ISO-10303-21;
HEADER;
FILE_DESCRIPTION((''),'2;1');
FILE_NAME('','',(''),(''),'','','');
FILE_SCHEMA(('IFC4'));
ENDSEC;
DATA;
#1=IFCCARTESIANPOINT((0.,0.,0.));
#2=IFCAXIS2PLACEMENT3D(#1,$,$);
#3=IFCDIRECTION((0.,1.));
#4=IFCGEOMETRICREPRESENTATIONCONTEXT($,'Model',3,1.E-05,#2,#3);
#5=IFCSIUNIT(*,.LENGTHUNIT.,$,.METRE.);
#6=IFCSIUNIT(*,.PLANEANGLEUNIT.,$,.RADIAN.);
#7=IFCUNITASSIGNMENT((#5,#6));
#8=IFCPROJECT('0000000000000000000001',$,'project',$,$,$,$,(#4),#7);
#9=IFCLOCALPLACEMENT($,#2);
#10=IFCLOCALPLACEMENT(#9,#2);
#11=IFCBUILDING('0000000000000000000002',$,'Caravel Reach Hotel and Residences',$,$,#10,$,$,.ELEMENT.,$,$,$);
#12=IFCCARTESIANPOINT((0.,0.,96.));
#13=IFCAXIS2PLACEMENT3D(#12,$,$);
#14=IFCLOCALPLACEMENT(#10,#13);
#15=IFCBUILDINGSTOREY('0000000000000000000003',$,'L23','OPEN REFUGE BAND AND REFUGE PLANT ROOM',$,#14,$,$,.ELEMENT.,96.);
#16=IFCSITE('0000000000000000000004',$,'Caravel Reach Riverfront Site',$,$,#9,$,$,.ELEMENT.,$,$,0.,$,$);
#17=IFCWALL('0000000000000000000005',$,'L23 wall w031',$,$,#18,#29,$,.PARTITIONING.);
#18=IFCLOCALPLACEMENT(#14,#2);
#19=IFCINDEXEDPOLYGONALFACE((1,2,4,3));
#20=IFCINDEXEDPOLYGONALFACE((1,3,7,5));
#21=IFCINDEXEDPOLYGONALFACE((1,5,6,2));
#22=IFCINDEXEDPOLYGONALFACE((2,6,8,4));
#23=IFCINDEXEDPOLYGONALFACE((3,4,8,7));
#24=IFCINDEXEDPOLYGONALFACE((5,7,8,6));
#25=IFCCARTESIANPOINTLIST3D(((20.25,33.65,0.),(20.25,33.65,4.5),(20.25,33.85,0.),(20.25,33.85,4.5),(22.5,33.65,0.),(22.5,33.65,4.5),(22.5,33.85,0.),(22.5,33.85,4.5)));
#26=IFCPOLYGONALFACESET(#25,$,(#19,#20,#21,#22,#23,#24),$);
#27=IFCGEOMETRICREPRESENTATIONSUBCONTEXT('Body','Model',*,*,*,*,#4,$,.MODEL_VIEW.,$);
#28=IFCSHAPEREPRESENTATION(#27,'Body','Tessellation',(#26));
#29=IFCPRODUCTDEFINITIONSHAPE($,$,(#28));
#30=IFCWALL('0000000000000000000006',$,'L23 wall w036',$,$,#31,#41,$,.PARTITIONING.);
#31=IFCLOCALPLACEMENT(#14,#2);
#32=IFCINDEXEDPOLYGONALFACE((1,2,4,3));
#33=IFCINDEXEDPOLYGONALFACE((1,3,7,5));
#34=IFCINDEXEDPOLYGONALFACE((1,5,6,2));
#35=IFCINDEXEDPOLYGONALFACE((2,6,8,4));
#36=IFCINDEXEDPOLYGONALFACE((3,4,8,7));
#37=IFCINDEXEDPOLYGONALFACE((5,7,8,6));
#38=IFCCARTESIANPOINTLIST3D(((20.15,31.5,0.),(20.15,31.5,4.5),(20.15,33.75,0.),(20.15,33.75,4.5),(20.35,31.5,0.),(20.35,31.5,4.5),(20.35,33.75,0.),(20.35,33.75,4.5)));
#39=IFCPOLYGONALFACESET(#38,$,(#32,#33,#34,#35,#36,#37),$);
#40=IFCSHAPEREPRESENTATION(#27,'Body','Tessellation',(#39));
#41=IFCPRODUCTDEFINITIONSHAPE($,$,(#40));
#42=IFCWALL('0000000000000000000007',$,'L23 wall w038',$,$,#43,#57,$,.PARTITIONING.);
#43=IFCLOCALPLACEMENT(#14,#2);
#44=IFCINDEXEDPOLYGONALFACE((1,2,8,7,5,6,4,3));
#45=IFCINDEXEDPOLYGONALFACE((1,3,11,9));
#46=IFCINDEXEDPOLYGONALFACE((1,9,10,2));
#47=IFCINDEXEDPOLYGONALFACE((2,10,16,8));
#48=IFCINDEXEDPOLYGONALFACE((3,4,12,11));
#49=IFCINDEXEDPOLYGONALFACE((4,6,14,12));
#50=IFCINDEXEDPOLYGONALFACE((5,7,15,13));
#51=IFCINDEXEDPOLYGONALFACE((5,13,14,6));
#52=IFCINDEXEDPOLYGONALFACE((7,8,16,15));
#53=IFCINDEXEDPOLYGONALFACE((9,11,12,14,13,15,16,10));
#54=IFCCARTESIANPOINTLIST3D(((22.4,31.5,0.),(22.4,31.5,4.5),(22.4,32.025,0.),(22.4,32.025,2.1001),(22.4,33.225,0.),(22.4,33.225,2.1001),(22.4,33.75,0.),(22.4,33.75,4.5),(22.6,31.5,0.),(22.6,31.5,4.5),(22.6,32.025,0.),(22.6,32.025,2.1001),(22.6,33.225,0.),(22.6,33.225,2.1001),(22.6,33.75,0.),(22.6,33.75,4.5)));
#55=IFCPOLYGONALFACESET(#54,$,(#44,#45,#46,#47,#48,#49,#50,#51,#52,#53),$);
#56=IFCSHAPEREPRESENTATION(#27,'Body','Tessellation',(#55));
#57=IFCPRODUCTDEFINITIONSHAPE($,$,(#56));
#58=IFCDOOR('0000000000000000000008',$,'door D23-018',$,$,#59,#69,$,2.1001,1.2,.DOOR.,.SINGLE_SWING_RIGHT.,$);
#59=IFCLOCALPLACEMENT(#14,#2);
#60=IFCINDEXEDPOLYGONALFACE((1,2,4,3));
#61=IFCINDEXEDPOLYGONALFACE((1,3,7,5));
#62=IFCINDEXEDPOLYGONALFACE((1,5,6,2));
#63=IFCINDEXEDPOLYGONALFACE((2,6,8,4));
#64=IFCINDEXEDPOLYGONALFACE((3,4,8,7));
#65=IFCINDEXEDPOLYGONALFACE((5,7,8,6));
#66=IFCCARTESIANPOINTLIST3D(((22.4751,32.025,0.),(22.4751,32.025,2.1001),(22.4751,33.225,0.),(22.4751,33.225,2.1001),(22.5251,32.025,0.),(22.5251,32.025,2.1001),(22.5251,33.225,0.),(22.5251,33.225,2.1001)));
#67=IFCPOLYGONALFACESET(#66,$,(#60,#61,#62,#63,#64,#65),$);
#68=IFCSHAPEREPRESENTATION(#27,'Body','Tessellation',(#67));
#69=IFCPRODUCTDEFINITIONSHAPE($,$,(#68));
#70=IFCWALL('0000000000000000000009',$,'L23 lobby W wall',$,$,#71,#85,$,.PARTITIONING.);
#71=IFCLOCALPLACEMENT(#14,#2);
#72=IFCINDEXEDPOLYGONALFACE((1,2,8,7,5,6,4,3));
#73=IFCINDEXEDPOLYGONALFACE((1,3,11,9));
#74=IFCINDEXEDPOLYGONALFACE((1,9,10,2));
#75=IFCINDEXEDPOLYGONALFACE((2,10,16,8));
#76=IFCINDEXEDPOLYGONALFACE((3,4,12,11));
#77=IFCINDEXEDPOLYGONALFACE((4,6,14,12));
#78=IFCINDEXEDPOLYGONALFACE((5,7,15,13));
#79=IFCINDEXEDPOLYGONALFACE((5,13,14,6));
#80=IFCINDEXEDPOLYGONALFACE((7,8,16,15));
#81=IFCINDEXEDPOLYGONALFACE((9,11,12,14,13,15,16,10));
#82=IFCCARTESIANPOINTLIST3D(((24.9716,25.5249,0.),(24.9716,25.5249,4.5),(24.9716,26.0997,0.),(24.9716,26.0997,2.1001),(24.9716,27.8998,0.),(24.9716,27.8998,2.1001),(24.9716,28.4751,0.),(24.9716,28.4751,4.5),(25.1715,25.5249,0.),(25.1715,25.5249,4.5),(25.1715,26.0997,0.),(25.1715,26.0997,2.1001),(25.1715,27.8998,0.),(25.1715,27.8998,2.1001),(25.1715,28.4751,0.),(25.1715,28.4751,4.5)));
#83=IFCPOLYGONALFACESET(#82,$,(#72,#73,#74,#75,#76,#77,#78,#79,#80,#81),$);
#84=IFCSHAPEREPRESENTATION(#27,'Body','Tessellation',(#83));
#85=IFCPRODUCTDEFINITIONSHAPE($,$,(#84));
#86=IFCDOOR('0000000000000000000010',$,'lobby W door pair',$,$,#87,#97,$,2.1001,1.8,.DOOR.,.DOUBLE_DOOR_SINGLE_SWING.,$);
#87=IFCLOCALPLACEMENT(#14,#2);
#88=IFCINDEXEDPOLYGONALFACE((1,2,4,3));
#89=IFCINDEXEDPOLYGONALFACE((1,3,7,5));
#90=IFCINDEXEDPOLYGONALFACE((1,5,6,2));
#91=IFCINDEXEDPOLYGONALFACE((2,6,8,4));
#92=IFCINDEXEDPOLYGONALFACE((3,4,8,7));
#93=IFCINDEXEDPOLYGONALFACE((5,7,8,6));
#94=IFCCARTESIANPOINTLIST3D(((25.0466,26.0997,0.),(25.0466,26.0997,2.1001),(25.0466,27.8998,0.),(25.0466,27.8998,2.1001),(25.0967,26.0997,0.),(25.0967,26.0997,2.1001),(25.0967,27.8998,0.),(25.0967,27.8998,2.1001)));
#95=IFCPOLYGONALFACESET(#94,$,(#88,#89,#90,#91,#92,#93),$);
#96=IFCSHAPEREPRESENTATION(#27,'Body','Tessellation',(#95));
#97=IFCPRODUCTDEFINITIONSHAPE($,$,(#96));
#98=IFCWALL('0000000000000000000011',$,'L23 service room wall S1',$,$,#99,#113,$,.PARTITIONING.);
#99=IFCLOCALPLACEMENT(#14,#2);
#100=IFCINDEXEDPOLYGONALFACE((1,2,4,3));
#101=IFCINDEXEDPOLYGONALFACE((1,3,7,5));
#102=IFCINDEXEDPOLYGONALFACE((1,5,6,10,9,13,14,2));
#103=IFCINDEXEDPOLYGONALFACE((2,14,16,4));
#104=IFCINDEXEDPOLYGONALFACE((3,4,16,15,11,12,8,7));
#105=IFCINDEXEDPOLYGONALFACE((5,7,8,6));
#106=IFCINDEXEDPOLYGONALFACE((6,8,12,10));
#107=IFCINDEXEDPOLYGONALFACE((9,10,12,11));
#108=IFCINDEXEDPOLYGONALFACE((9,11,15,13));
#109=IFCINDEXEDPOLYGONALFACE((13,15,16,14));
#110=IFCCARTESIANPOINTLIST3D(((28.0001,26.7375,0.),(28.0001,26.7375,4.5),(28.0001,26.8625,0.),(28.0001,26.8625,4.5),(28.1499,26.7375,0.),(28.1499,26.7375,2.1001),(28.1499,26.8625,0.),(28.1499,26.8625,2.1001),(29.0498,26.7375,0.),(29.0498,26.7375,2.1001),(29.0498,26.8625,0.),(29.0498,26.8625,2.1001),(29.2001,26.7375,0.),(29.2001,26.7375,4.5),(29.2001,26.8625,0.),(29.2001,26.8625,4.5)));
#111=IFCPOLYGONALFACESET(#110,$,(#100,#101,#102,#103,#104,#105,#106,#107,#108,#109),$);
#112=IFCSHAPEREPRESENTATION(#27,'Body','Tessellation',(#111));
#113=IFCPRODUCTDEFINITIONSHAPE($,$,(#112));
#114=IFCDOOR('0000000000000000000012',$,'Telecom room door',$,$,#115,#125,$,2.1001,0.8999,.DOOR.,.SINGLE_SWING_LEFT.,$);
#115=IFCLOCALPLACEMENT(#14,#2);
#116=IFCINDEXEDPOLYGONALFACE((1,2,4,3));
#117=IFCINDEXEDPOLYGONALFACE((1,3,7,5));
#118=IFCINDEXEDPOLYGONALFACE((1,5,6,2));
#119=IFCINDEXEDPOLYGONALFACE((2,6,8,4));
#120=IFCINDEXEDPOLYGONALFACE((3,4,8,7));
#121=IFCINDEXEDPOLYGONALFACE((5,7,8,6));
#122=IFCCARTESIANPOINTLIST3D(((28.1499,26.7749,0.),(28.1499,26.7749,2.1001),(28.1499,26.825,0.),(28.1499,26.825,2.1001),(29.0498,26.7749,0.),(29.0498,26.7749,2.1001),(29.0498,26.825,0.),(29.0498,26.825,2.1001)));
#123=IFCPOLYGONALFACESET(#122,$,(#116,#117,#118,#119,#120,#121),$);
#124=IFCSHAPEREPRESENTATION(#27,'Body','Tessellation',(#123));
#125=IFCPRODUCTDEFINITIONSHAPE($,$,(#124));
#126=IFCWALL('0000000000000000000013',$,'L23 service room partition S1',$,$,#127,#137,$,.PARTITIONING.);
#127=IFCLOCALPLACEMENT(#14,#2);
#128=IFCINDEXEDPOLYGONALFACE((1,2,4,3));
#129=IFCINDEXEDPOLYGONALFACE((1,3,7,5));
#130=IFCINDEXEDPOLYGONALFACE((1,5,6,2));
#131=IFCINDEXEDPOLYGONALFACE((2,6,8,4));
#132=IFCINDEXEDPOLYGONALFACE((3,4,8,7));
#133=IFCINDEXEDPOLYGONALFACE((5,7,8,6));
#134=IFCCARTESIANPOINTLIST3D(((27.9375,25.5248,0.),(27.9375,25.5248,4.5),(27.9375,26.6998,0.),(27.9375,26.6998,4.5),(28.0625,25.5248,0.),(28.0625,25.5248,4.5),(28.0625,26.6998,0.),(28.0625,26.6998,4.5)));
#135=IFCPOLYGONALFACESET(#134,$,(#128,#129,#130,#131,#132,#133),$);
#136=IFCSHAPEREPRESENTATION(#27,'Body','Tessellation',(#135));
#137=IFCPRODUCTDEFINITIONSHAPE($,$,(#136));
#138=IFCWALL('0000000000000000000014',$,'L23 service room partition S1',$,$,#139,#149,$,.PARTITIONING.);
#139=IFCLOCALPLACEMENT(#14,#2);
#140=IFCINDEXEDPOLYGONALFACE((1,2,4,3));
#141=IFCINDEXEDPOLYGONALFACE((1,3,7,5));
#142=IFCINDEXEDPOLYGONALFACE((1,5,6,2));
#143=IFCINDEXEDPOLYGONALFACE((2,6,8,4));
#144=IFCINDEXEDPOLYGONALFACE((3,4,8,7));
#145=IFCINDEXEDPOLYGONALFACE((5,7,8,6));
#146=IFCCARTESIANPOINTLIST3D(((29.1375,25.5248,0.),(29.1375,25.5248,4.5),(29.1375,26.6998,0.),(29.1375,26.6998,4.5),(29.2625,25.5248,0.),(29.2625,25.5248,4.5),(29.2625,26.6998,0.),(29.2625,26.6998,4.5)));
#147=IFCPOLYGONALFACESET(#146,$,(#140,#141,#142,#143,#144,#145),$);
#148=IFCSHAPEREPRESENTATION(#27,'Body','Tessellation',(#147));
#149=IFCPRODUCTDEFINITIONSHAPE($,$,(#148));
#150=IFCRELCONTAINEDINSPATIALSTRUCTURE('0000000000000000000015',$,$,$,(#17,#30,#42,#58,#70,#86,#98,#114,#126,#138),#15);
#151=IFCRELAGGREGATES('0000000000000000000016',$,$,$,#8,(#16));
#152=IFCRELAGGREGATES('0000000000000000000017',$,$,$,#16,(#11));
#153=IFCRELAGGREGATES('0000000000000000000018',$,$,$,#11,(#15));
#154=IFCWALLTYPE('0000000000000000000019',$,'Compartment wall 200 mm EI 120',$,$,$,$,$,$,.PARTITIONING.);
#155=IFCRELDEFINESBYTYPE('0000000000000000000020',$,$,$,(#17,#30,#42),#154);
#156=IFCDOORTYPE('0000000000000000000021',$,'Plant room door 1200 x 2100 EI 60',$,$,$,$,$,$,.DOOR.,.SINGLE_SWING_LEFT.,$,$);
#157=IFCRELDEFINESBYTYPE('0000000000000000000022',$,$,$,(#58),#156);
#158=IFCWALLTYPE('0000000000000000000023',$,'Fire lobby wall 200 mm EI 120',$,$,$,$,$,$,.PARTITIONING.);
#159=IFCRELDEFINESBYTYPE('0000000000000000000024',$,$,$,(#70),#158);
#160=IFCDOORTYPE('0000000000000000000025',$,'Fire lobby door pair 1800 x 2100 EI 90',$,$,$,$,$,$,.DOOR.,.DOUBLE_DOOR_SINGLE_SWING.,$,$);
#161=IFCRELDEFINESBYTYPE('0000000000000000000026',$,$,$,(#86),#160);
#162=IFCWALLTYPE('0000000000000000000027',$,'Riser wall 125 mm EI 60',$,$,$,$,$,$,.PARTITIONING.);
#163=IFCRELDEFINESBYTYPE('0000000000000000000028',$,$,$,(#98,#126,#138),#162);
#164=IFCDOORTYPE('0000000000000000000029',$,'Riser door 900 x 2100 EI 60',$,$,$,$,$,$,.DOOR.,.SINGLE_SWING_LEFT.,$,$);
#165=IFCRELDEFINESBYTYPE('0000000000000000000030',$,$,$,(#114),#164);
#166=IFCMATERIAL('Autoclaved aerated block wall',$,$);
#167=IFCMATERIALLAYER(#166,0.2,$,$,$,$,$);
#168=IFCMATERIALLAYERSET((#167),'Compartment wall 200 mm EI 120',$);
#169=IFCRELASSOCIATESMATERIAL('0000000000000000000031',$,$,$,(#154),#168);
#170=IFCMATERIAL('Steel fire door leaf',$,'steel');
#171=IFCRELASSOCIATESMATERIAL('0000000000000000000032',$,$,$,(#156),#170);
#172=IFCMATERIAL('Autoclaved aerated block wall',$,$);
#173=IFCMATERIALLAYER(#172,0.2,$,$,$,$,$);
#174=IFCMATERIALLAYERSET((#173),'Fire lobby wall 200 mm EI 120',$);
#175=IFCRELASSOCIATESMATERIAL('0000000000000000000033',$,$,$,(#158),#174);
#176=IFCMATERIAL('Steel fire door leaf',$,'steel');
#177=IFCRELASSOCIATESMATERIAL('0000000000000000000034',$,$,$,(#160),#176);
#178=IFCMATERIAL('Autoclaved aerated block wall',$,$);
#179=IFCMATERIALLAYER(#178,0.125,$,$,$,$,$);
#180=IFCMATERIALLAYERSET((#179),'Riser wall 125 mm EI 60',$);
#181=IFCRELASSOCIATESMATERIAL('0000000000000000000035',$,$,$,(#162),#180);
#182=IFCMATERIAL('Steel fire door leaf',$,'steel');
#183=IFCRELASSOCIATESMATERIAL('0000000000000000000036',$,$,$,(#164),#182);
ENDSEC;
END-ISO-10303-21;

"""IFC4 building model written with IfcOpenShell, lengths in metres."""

from ifc_helpers import new_model, si_unit, direction, frame, frame_2d, origin, place, context, subcontext, project, spatial, rectangle, extrude, material, layer, layer_set, type_object, element, fill, save


model = new_model("IFC4")

# Units and contexts
model_context = context("Model", 3, precision=1e-05, world=origin(), true_north=direction((0.0, 1.0)))
body_context = subcontext(model_context, "Body", "Model", "MODEL_VIEW")
ifc_project = project(units=[si_unit("LENGTHUNIT", "METRE"), si_unit("PLANEANGLEUNIT", "RADIAN")], contexts=[model_context])

# Site, building, storey
site_placement = place(None, origin())
site = spatial("IfcSite", under=ifc_project, at=site_placement, Name="Caravel Reach Riverfront Site", CompositionType="ELEMENT", RefElevation=0.0)
building_placement = place(site_placement, origin())
building = spatial("IfcBuilding", under=site, at=building_placement, Name="Caravel Reach Hotel and Residences", CompositionType="ELEMENT")
storey_placement = place(building_placement, frame((0.0, 0.0, 96.0)))
storey = spatial("IfcBuildingStorey", under=building, at=storey_placement, Name="L23", Description="OPEN REFUGE BAND AND REFUGE PLANT ROOM", CompositionType="ELEMENT", Elevation=96.0)

# Walls
ifc_material_1 = material(Name="Autoclaved aerated block wall")
ifc_layer_1 = layer(ifc_material_1, 0.2)
ifc_layer_set_1 = layer_set([ifc_layer_1], Name="Compartment wall 200 mm EI 120")
wall_type_1 = type_object("IfcWallType", Name="Compartment wall 200 mm EI 120", PredefinedType="PARTITIONING", material=ifc_layer_set_1)
for number, where, z_axis, x_axis, name in (
    (1, (20.25, 33.75, 0.0), (0.0, 0.0, 1.0), (1.0, 0.0, 0.0), "L23 wall w031"),
    (2, (20.25, 31.5, 0.0), (0.0, 0.0, 1.0), (0.0, 1.0, 0.0), "L23 wall w036"),
):
    element("IfcWall", number, at=place(storey_placement, frame(where, z_axis=z_axis, x_axis=x_axis)), inside=storey, type_object=wall_type_1, Name=name, PredefinedType="PARTITIONING", context=body_context, shape_type="SweptSolid", body=[
        extrude(rectangle(XDim=2.25, YDim=0.2, at=frame_2d((1.125, 0.0))), origin(), (0.0, 0.0, 1.0), 4.5),
    ])

# Walls, openings, doors
wall_1_placement = place(storey_placement, frame((22.5, 31.5, 0.0), z_axis=(0.0, 0.0, 1.0), x_axis=(0.0, 1.0, 0.0)))
wall_1 = element("IfcWall", 3, at=wall_1_placement, inside=storey, type_object=wall_type_1, Name="L23 wall w038", PredefinedType="PARTITIONING", context=body_context, shape_type="SweptSolid", body=[
    extrude(rectangle(XDim=2.25, YDim=0.2, at=frame_2d((1.125, 0.0))), origin(), (0.0, 0.0, 1.0), 4.5),
])
opening_1_placement = place(wall_1_placement, frame((0.5249, 0.0, 0.0)))
opening_1 = element("IfcOpeningElement", 4, at=opening_1_placement, cuts=wall_1, PredefinedType="OPENING", context=body_context, shape_type="SweptSolid", body=[
    extrude(rectangle(XDim=1.2, YDim=2.1001, at=frame_2d((0.6001, 1.05))), frame((0.0, 0.1099, 0.0), z_axis=(0.0, -1.0, 0.0), x_axis=(1.0, 0.0, 0.0)), (0.0, 0.0, 1.0), 0.22),
])
ifc_material_2 = material(Name="Steel fire door leaf", Category="steel")
door_type_1 = type_object("IfcDoorType", Name="Plant room door 1200 x 2100 EI 60", OperationType="SINGLE_SWING_LEFT", PredefinedType="DOOR", material=ifc_material_2)
door_1_placement = place(opening_1_placement, origin())
door_1 = element("IfcDoor", 5, at=door_1_placement, inside=storey, type_object=door_type_1, Name="door D23-018", OperationType="SINGLE_SWING_RIGHT", OverallHeight=2.1001, OverallWidth=1.2, PredefinedType="DOOR", context=body_context, shape_type="SweptSolid", body=[
    extrude(rectangle(XDim=1.2, YDim=2.1001, at=frame_2d((0.6001, 1.05))), frame((0.0, 0.0249, 0.0), z_axis=(0.0, -1.0, 0.0), x_axis=(1.0, 0.0, 0.0)), (0.0, 0.0, 1.0), 0.05),
])
fill(opening_1, door_1)
ifc_material_3 = material(Name="Autoclaved aerated block wall")
ifc_layer_2 = layer(ifc_material_3, 0.2)
ifc_layer_set_2 = layer_set([ifc_layer_2], Name="Fire lobby wall 200 mm EI 120")
wall_type_2 = type_object("IfcWallType", Name="Fire lobby wall 200 mm EI 120", PredefinedType="PARTITIONING", material=ifc_layer_set_2)
wall_2_placement = place(storey_placement, frame((25.0715, 25.5249, 0.0), z_axis=(0.0, 0.0, 1.0), x_axis=(0.0, 1.0, 0.0)))
wall_2 = element("IfcWall", 6, at=wall_2_placement, inside=storey, type_object=wall_type_2, Name="L23 lobby W wall", PredefinedType="PARTITIONING", context=body_context, shape_type="SweptSolid", body=[
    extrude(rectangle(XDim=2.9502, YDim=0.2, at=frame_2d((1.4751, 0.0))), origin(), (0.0, 0.0, 1.0), 4.5),
])
opening_2_placement = place(wall_2_placement, frame((0.575, 0.0, 0.0)))
opening_2 = element("IfcOpeningElement", 7, at=opening_2_placement, cuts=wall_2, PredefinedType="OPENING", context=body_context, shape_type="SweptSolid", body=[
    extrude(rectangle(XDim=1.8, YDim=2.1001, at=frame_2d((0.8999, 1.05))), frame((0.0, 0.1099, 0.0), z_axis=(0.0, -1.0, 0.0), x_axis=(1.0, 0.0, 0.0)), (0.0, 0.0, 1.0), 0.22),
])
ifc_material_4 = material(Name="Steel fire door leaf", Category="steel")
door_type_2 = type_object("IfcDoorType", Name="Fire lobby door pair 1800 x 2100 EI 90", OperationType="DOUBLE_DOOR_SINGLE_SWING", PredefinedType="DOOR", material=ifc_material_4)
door_2_placement = place(opening_2_placement, origin())
door_2 = element("IfcDoor", 8, at=door_2_placement, inside=storey, type_object=door_type_2, Name="lobby W door pair", OperationType="DOUBLE_DOOR_SINGLE_SWING", OverallHeight=2.1001, OverallWidth=1.8, PredefinedType="DOOR", context=body_context, shape_type="SweptSolid", body=[
    extrude(rectangle(XDim=1.8, YDim=2.1001, at=frame_2d((0.8999, 1.05))), frame((0.0, 0.0249, 0.0), z_axis=(0.0, -1.0, 0.0), x_axis=(1.0, 0.0, 0.0)), (0.0, 0.0, 1.0), 0.05),
])
fill(opening_2, door_2)
ifc_material_5 = material(Name="Autoclaved aerated block wall")
ifc_layer_3 = layer(ifc_material_5, 0.125)
ifc_layer_set_3 = layer_set([ifc_layer_3], Name="Riser wall 125 mm EI 60")
wall_type_3 = type_object("IfcWallType", Name="Riser wall 125 mm EI 60", PredefinedType="PARTITIONING", material=ifc_layer_set_3)
wall_3_placement = place(storey_placement, frame((28.0, 26.8, 0.0), z_axis=(0.0, 0.0, 1.0), x_axis=(1.0, 0.0, 0.0)))
wall_3 = element("IfcWall", 9, at=wall_3_placement, inside=storey, type_object=wall_type_3, Name="L23 service room wall S1", PredefinedType="PARTITIONING", context=body_context, shape_type="SweptSolid", body=[
    extrude(rectangle(XDim=1.2, YDim=0.125, at=frame_2d((0.6001, 0.0))), origin(), (0.0, 0.0, 1.0), 4.5),
])
opening_3_placement = place(wall_3_placement, frame((0.1499, 0.0, 0.0)))
opening_3 = element("IfcOpeningElement", 10, at=opening_3_placement, cuts=wall_3, PredefinedType="OPENING", context=body_context, shape_type="SweptSolid", body=[
    extrude(rectangle(XDim=0.8999, YDim=2.1001, at=frame_2d((0.45, 1.05))), frame((0.0, 0.0725, 0.0), z_axis=(0.0, -1.0, 0.0), x_axis=(1.0, 0.0, 0.0)), (0.0, 0.0, 1.0), 0.145),
])
ifc_material_6 = material(Name="Steel fire door leaf", Category="steel")
door_type_3 = type_object("IfcDoorType", Name="Riser door 900 x 2100 EI 60", OperationType="SINGLE_SWING_LEFT", PredefinedType="DOOR", material=ifc_material_6)
door_3_placement = place(opening_3_placement, origin())
door_3 = element("IfcDoor", 11, at=door_3_placement, inside=storey, type_object=door_type_3, Name="Telecom room door", OperationType="SINGLE_SWING_LEFT", OverallHeight=2.1001, OverallWidth=0.8999, PredefinedType="DOOR", context=body_context, shape_type="SweptSolid", body=[
    extrude(rectangle(XDim=0.8999, YDim=2.1001, at=frame_2d((0.45, 1.05))), frame((0.0, 0.0249, 0.0), z_axis=(0.0, -1.0, 0.0), x_axis=(1.0, 0.0, 0.0)), (0.0, 0.0, 1.0), 0.05),
])
fill(opening_3, door_3)

# Walls
for number, where, z_axis, x_axis, name in (
    (12, (28.0, 25.5249, 0.0), (0.0, 0.0, 1.0), (0.0, 1.0, 0.0), "L23 service room partition S1"),
    (13, (29.2, 25.5249, 0.0), (0.0, 0.0, 1.0), (0.0, 1.0, 0.0), "L23 service room partition S1"),
):
    element("IfcWall", number, at=place(storey_placement, frame(where, z_axis=z_axis, x_axis=x_axis)), inside=storey, type_object=wall_type_3, Name=name, PredefinedType="PARTITIONING", context=body_context, shape_type="SweptSolid", body=[
        extrude(rectangle(XDim=1.175, YDim=0.125, at=frame_2d((0.5874, 0.0))), origin(), (0.0, 0.0, 1.0), 4.5),
    ])

save(model, "model.ifc")
